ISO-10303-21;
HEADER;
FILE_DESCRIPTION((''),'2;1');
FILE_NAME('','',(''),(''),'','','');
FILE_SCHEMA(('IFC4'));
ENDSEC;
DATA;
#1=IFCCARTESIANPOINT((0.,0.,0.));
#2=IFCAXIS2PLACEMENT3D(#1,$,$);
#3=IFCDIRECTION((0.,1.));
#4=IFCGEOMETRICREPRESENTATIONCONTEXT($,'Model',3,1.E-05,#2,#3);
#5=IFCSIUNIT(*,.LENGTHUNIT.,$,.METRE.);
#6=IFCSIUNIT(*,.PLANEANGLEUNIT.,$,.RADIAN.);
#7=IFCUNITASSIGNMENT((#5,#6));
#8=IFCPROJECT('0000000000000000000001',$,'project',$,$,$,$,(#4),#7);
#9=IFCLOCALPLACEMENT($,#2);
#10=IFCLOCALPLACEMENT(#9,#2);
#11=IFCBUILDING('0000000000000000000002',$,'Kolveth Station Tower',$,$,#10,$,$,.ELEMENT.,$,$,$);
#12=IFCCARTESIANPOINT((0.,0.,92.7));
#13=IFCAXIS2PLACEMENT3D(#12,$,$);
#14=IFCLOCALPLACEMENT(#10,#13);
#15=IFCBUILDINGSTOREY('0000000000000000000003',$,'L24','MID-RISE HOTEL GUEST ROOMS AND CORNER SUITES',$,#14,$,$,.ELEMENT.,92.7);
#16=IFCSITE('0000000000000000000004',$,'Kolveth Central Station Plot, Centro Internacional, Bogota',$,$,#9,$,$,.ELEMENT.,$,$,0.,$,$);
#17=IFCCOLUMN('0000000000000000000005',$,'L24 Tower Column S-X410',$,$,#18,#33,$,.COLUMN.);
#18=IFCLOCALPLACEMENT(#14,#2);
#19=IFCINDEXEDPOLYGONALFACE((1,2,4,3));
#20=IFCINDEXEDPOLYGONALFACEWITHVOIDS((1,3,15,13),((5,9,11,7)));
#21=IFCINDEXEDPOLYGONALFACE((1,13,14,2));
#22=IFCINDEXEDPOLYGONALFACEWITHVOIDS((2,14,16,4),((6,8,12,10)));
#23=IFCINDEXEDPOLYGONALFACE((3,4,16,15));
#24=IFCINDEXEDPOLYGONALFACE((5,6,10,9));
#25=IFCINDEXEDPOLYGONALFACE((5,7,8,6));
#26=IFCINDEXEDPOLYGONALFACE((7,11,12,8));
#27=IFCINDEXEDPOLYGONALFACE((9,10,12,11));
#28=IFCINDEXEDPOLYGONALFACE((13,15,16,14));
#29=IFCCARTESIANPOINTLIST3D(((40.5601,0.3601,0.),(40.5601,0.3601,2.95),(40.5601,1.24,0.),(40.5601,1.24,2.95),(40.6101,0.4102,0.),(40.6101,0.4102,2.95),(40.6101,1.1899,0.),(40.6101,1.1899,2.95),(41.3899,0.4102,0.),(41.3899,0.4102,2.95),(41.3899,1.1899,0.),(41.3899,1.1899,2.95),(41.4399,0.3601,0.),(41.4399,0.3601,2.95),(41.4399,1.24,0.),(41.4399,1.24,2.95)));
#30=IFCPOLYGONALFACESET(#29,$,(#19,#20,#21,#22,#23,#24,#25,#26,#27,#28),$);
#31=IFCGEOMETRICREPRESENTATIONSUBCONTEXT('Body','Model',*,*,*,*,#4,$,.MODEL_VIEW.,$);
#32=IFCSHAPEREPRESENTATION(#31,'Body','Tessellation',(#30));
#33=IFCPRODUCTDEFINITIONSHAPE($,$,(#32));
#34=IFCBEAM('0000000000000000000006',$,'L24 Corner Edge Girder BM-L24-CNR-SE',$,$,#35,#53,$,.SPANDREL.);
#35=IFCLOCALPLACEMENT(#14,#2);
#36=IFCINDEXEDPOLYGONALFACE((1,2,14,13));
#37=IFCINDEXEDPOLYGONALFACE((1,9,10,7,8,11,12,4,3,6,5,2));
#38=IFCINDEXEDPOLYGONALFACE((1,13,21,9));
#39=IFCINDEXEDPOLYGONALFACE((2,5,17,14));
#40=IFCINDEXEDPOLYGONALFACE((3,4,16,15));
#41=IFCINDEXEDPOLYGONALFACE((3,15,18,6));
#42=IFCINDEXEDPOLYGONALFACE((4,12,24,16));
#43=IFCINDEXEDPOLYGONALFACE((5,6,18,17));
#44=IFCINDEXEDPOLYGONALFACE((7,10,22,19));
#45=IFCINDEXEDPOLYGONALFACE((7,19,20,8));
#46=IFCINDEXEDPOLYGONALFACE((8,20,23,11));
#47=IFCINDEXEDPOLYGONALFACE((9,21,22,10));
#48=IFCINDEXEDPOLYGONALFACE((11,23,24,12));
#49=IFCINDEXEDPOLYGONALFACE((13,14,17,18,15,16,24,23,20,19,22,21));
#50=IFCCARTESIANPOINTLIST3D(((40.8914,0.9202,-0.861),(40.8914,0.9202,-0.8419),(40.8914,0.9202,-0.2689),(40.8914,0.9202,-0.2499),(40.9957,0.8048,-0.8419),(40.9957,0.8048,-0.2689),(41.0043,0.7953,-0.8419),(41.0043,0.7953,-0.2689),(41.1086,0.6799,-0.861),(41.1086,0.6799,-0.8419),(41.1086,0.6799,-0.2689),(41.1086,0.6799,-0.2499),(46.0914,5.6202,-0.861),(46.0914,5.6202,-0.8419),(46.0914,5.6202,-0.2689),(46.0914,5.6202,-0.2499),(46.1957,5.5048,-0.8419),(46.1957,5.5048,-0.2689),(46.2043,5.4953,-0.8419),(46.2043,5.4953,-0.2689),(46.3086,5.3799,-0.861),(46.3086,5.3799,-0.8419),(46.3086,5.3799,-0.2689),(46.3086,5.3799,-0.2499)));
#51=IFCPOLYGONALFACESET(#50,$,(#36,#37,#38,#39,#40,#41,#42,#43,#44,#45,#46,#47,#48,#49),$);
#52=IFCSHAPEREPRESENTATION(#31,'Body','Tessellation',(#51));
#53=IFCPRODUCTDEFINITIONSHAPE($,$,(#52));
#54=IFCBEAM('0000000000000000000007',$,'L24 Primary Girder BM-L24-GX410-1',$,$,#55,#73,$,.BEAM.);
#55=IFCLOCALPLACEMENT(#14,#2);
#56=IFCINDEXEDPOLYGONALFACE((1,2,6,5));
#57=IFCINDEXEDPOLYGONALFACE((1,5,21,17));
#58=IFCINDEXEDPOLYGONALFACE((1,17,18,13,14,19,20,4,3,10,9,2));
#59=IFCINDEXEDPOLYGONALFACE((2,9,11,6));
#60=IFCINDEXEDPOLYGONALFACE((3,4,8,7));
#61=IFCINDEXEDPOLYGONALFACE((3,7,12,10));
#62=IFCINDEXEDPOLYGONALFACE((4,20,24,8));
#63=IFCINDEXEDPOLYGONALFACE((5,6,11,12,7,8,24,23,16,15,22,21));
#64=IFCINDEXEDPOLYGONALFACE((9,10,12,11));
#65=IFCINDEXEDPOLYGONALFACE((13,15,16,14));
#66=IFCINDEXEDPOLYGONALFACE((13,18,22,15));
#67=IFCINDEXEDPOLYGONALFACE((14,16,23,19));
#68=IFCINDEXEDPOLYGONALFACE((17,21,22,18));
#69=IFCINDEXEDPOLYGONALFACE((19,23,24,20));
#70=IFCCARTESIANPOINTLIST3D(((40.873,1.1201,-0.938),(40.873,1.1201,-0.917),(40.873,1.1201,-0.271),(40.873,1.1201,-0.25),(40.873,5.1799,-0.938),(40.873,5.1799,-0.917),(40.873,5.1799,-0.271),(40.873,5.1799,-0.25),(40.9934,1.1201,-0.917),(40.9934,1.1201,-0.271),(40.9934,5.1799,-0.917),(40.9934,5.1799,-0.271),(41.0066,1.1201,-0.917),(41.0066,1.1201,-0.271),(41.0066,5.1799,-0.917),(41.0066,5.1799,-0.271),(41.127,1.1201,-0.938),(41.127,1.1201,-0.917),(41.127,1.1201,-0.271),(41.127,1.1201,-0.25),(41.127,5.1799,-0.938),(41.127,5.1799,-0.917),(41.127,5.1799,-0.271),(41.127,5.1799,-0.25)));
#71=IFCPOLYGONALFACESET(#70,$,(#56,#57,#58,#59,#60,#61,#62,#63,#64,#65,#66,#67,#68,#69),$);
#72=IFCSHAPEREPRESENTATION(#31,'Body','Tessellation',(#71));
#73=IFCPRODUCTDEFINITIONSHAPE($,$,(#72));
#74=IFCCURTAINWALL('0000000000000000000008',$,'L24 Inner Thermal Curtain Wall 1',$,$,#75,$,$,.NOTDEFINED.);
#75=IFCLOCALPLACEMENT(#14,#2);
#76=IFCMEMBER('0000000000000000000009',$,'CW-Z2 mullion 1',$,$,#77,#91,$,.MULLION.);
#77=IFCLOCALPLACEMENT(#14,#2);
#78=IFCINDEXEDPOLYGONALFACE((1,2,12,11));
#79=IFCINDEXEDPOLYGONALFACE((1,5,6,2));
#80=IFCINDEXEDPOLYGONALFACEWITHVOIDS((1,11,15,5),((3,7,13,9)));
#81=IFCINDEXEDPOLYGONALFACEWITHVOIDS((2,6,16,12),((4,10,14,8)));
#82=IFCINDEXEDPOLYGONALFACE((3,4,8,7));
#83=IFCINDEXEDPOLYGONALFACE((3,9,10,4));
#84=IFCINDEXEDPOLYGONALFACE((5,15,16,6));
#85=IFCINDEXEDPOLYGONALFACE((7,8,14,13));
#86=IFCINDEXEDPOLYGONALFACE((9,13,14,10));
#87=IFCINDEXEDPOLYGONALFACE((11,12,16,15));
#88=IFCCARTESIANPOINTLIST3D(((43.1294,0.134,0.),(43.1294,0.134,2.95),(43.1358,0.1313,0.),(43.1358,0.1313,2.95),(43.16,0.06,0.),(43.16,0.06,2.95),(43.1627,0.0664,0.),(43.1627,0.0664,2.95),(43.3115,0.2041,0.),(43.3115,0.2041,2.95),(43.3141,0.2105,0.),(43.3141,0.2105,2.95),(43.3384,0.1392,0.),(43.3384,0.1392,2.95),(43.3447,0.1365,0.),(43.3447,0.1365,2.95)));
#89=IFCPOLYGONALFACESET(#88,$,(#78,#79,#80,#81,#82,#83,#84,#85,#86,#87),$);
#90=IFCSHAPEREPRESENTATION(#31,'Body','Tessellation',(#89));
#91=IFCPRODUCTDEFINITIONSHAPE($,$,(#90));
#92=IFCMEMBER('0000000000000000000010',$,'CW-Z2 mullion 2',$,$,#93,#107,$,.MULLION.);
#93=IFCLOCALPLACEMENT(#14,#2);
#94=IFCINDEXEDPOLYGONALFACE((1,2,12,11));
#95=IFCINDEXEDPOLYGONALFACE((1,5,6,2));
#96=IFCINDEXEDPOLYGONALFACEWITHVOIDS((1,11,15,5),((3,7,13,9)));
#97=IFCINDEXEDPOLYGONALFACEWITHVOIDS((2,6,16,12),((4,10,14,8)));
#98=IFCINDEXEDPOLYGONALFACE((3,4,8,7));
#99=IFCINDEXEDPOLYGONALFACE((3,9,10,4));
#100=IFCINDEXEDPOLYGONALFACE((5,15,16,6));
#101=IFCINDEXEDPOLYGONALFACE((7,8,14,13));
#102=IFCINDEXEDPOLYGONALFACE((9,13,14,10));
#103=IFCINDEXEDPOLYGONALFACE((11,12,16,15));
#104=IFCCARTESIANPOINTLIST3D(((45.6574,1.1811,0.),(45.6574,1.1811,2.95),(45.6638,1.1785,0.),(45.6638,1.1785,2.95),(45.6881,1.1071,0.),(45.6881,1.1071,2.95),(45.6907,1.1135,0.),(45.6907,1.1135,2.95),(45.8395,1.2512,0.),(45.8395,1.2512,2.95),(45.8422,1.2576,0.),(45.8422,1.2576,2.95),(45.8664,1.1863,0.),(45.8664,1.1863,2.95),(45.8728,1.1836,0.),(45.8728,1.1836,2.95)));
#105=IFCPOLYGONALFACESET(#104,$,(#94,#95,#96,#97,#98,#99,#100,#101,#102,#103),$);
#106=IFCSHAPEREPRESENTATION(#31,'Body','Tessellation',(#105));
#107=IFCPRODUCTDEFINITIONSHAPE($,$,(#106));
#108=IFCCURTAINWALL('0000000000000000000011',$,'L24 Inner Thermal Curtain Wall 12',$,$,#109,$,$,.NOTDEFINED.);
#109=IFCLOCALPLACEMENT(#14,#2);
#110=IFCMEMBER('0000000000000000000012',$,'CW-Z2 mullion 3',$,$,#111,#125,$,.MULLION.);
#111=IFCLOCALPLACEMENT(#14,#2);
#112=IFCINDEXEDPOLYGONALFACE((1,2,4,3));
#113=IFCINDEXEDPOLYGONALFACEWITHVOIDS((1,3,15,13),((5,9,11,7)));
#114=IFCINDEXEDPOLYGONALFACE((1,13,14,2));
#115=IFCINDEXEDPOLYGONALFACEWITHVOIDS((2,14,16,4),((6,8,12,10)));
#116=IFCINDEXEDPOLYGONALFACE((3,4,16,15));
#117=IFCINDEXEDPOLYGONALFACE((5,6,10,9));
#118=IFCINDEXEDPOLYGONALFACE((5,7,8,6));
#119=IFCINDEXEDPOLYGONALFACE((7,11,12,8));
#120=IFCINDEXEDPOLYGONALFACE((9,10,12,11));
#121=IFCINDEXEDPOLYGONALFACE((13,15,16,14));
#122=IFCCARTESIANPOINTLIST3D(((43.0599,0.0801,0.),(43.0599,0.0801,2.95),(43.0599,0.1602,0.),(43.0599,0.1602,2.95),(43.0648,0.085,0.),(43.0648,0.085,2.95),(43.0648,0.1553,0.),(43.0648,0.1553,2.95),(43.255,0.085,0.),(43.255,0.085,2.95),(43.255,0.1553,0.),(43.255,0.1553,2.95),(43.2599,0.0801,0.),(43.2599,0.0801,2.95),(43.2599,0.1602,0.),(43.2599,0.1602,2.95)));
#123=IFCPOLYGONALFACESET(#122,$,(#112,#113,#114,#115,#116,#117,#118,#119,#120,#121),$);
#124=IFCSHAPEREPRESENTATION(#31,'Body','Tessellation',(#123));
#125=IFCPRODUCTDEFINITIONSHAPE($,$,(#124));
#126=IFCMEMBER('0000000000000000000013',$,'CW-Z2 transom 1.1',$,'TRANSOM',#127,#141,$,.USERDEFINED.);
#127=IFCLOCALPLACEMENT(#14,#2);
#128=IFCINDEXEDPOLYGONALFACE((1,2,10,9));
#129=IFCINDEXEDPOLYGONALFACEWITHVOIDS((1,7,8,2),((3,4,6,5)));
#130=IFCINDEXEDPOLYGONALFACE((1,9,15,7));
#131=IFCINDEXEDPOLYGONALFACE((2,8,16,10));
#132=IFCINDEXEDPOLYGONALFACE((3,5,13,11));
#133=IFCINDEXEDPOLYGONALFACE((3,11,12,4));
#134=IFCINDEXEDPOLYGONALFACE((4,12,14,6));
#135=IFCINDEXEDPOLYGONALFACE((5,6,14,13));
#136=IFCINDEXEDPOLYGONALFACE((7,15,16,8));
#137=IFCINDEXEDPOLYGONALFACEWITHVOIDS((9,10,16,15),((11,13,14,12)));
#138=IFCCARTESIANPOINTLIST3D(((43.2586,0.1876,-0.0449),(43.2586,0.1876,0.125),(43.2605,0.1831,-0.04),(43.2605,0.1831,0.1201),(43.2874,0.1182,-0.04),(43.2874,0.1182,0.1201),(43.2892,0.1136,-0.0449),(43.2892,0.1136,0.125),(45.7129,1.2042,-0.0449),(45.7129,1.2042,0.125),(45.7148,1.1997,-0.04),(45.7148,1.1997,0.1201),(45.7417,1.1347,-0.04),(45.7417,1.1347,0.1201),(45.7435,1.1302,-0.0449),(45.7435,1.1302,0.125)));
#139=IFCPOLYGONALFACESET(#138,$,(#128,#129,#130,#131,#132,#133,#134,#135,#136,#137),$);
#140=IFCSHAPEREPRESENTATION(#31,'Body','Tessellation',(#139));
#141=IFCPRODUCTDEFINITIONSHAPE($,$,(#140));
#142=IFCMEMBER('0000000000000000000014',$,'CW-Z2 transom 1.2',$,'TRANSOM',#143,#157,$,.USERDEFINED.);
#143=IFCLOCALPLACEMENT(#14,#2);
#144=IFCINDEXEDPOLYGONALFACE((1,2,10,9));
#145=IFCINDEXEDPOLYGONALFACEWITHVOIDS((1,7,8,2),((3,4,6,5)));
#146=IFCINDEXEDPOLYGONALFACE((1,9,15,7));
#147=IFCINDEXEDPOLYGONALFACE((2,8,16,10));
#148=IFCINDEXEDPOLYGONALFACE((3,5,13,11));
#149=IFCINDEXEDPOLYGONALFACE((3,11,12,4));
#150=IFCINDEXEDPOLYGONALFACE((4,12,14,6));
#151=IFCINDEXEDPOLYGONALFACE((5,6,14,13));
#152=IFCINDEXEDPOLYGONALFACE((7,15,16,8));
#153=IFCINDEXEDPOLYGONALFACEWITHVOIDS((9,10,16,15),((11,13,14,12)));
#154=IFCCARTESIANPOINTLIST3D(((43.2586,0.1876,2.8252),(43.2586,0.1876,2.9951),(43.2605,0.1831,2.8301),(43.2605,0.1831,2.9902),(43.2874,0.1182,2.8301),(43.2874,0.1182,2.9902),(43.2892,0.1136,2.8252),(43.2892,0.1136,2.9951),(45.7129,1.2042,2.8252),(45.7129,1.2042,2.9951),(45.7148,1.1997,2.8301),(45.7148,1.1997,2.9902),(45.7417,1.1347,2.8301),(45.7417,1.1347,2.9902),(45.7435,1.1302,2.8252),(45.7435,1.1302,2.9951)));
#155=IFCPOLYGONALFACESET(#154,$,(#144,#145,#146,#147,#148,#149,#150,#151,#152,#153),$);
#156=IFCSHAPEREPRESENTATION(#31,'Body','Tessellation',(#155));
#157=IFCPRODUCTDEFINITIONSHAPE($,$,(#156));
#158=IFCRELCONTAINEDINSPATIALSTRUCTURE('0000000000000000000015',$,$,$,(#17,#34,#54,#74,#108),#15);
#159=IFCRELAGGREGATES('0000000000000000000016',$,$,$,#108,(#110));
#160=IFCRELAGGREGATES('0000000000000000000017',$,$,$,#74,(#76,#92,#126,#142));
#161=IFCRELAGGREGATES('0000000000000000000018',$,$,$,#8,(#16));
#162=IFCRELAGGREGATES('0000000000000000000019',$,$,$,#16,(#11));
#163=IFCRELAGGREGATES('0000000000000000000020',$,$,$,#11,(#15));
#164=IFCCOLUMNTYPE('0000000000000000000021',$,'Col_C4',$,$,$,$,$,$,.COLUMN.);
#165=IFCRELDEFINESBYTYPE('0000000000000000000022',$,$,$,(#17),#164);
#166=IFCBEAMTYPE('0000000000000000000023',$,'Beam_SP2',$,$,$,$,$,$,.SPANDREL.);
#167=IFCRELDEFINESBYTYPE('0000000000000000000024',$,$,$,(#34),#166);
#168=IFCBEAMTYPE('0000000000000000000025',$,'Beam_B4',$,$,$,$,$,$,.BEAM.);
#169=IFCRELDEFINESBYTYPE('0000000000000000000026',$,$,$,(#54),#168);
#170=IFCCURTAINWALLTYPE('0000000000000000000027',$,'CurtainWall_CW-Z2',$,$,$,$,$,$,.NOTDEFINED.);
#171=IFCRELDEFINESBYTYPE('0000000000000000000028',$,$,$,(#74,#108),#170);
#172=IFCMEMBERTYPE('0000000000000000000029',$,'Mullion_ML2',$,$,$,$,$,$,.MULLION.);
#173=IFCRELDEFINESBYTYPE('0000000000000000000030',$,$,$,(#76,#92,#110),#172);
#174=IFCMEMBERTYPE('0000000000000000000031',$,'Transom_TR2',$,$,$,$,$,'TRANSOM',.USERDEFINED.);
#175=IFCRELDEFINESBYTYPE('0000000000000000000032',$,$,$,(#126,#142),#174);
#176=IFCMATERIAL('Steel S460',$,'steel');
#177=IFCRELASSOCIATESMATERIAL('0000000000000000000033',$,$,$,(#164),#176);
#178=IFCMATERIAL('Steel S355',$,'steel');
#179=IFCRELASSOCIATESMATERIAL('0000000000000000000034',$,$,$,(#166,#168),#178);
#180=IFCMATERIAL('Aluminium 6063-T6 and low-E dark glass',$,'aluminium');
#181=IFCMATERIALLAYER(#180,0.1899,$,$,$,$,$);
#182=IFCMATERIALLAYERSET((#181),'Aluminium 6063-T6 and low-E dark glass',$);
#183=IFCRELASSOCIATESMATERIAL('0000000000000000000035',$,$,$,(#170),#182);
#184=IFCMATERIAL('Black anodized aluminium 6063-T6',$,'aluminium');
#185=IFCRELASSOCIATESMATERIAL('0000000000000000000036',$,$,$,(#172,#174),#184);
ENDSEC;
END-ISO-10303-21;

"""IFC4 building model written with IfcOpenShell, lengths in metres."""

from ifc_helpers import new_model, si_unit, direction, frame, origin, origin_2d, place, context, subcontext, project, spatial, hollow_rectangle, i_section, extrude, source, transform, mapped, material, layer, layer_set, material_profile, profile_set, type_object, element, aggregate, save


model = new_model("IFC4")

# Units and contexts
model_context = context("Model", 3, precision=1e-05, world=origin(), true_north=direction((0.0, 1.0)))
body_context = subcontext(model_context, "Body", "Model", "MODEL_VIEW")
ifc_project = project(units=[si_unit("LENGTHUNIT", "METRE"), si_unit("PLANEANGLEUNIT", "RADIAN")], contexts=[model_context])

# Site, building, storey
site_placement = place(None, origin())
site = spatial("IfcSite", under=ifc_project, at=site_placement, Name="Kolveth Central Station Plot, Centro Internacional, Bogota", CompositionType="ELEMENT", RefElevation=0.0)
building_placement = place(site_placement, origin())
building = spatial("IfcBuilding", under=site, at=building_placement, Name="Kolveth Station Tower", CompositionType="ELEMENT")
storey_placement = place(building_placement, frame((0.0, 0.0, 92.7)))
storey = spatial("IfcBuildingStorey", under=building, at=storey_placement, Name="L24", Description="MID-RISE HOTEL GUEST ROOMS AND CORNER SUITES", CompositionType="ELEMENT", Elevation=92.7)

# Column
ifc_material_1 = material(Name="Steel S460", Category="steel")
ifc_material_profile_1 = material_profile(ifc_material_1, hollow_rectangle(XDim=0.8799, YDim=0.8799, WallThickness=0.05, at=origin_2d()), Name="BOX880x880x50")
ifc_profile_set_1 = profile_set([ifc_material_profile_1], Name="Steel S460")
column_type = type_object("IfcColumnType", Name="Col_C4", PredefinedType="COLUMN", material=ifc_profile_set_1)
shared_shape_1 = source(origin(), body_context, "Body", "SweptSolid", [
    extrude(hollow_rectangle(XDim=0.8799, YDim=0.8799, WallThickness=0.05, at=origin_2d()), origin(), (0.0, 0.0, 1.0), 2.95),
])
column_placement = place(storey_placement, frame((41.0, 0.8, 0.0), z_axis=(0.0, 0.0, 1.0), x_axis=(1.0, 0.0, 0.0)))
element("IfcColumn", 1, at=column_placement, inside=storey, type_object=column_type, Name="L24 Tower Column S-X410", PredefinedType="COLUMN", context=body_context, shape_type="MappedRepresentation", body=[
    mapped(shared_shape_1, transform((0.0, 0.0, 0.0), x_axis=(1.0, 0.0, 0.0), y_axis=(0.0, 1.0, 0.0), z_axis=(0.0, 0.0, 1.0), scale=1.0)),
])

# Beams
ifc_material_2 = material(Name="Steel S355", Category="steel")
ifc_material_profile_2 = material_profile(ifc_material_2, i_section(OverallWidth=0.324, OverallDepth=0.6111, WebThickness=0.0127, FlangeThickness=0.019, at=origin_2d()), Name="W610x155")
ifc_profile_set_2 = profile_set([ifc_material_profile_2], Name="Steel S355")
beam_type_1 = type_object("IfcBeamType", Name="Beam_SP2", PredefinedType="SPANDREL", material=ifc_profile_set_2)
shared_shape_2 = source(origin(), body_context, "Body", "SweptSolid", [
    extrude(i_section(OverallWidth=0.324, OverallDepth=0.6111, WebThickness=0.0127, FlangeThickness=0.019, at=origin_2d()), origin(), (0.0, 0.0, 1.0), 7.0093),
])
beam_1_placement = place(storey_placement, frame((41.0, 0.8, -0.5554), z_axis=(0.741874, 0.670539, 0.0), x_axis=(-0.670539, 0.741874, 0.0)))
element("IfcBeam", 2, at=beam_1_placement, inside=storey, type_object=beam_type_1, Name="L24 Corner Edge Girder BM-L24-CNR-SE", PredefinedType="SPANDREL", context=body_context, shape_type="MappedRepresentation", body=[
    mapped(shared_shape_2, transform((0.0, 0.0, 0.0), x_axis=(1.0, 0.0, 0.0), y_axis=(0.0, 1.0, 0.0), z_axis=(0.0, 0.0, 1.0), scale=1.0)),
])
ifc_material_profile_3 = material_profile(ifc_material_2, i_section(OverallWidth=0.2539, OverallDepth=0.688, WebThickness=0.0132, FlangeThickness=0.021, at=origin_2d()), Name="W690x152")
ifc_profile_set_3 = profile_set([ifc_material_profile_3], Name="Steel S355")
beam_type_2 = type_object("IfcBeamType", Name="Beam_B4", PredefinedType="BEAM", material=ifc_profile_set_3)
shared_shape_3 = source(origin(), body_context, "Body", "SweptSolid", [
    extrude(i_section(OverallWidth=0.2539, OverallDepth=0.688, WebThickness=0.0132, FlangeThickness=0.021, at=origin_2d()), origin(), (0.0, 0.0, 1.0), 4.0598),
])
beam_2_placement = place(storey_placement, frame((41.0, 1.1201, -0.594), z_axis=(0.0, 1.0, 0.0), x_axis=(-1.0, 0.0, 0.0)))
element("IfcBeam", 3, at=beam_2_placement, inside=storey, type_object=beam_type_2, Name="L24 Primary Girder BM-L24-GX410-1", PredefinedType="BEAM", context=body_context, shape_type="MappedRepresentation", body=[
    mapped(shared_shape_3, transform((0.0, 0.0, 0.0), x_axis=(1.0, 0.0, 0.0), y_axis=(0.0, 1.0, 0.0), z_axis=(0.0, 0.0, 1.0), scale=1.0)),
])

# Curtain wall, members
ifc_material_3 = material(Name="Aluminium 6063-T6 and low-E dark glass", Category="aluminium")
ifc_layer_1 = layer(ifc_material_3, 0.1899)
ifc_layer_set_1 = layer_set([ifc_layer_1], Name="Aluminium 6063-T6 and low-E dark glass")
curtain_wall_type_1 = type_object("IfcCurtainWallType", Name="CurtainWall_CW-Z2", PredefinedType="NOTDEFINED", material=ifc_layer_set_1)
curtain_wall_1_placement = place(storey_placement, origin())
curtain_wall_1 = element("IfcCurtainWall", 4, at=curtain_wall_1_placement, inside=storey, type_object=curtain_wall_type_1, Name="L24 Inner Thermal Curtain Wall 1", PredefinedType="NOTDEFINED")
ifc_material_4 = material(Name="Black anodized aluminium 6063-T6", Category="aluminium")
ifc_material_profile_4 = material_profile(ifc_material_4, hollow_rectangle(XDim=0.0801, YDim=0.2, WallThickness=0.0049, at=origin_2d()), Name="ALU-80x200x5")
ifc_profile_set_4 = profile_set([ifc_material_profile_4], Name="Black anodized aluminium 6063-T6")
member_type_1 = type_object("IfcMemberType", Name="Mullion_ML2", PredefinedType="MULLION", material=ifc_profile_set_4)
shared_shape_4 = source(origin(), body_context, "Body", "SweptSolid", [
    extrude(hollow_rectangle(XDim=0.0801, YDim=0.2, WallThickness=0.0049, at=origin_2d()), origin(), (0.0, 0.0, 1.0), 2.95),
])
member_1_placement = place(storey_placement, frame((43.2371, 0.1353, 0.0), z_axis=(0.0, 0.0, 1.0), x_axis=(-0.382663, 0.923888, 0.0)))
member_1 = element("IfcMember", 5, at=member_1_placement, type_object=member_type_1, Name="CW-Z2 mullion 1", PredefinedType="MULLION", context=body_context, shape_type="MappedRepresentation", body=[
    mapped(shared_shape_4, transform((0.0, 0.0, 0.0), x_axis=(1.0, 0.0, 0.0), y_axis=(0.0, 1.0, 0.0), z_axis=(0.0, 0.0, 1.0), scale=1.0)),
])
member_2_placement = place(storey_placement, frame((45.7651, 1.1824, 0.0), z_axis=(0.0, 0.0, 1.0), x_axis=(-0.382663, 0.923888, 0.0)))
member_2 = element("IfcMember", 6, at=member_2_placement, type_object=member_type_1, Name="CW-Z2 mullion 2", PredefinedType="MULLION", context=body_context, shape_type="MappedRepresentation", body=[
    mapped(shared_shape_4, transform((0.0, 0.0, 0.0), x_axis=(1.0, 0.0, 0.0), y_axis=(0.0, 1.0, 0.0), z_axis=(0.0, 0.0, 1.0), scale=1.0)),
])

# Curtain wall, member
curtain_wall_2_placement = place(storey_placement, origin())
curtain_wall_2 = element("IfcCurtainWall", 7, at=curtain_wall_2_placement, inside=storey, type_object=curtain_wall_type_1, Name="L24 Inner Thermal Curtain Wall 12", PredefinedType="NOTDEFINED")
member_3_placement = place(storey_placement, frame((43.1599, 0.1201, 0.0), z_axis=(0.0, 0.0, 1.0), x_axis=(0.0, 1.0, 0.0)))
member_3 = element("IfcMember", 8, at=member_3_placement, type_object=member_type_1, Name="CW-Z2 mullion 3", PredefinedType="MULLION", context=body_context, shape_type="MappedRepresentation", body=[
    mapped(shared_shape_4, transform((0.0, 0.0, 0.0), x_axis=(1.0, 0.0, 0.0), y_axis=(0.0, 1.0, 0.0), z_axis=(0.0, 0.0, 1.0), scale=1.0)),
])
aggregate(curtain_wall_2, [member_3])

# Members
ifc_material_profile_5 = material_profile(ifc_material_4, hollow_rectangle(XDim=0.0801, YDim=0.1699, WallThickness=0.0049, at=origin_2d()), Name="ALU-80x170x5")
ifc_profile_set_5 = profile_set([ifc_material_profile_5], Name="Black anodized aluminium 6063-T6")
member_type_2 = type_object("IfcMemberType", Name="Transom_TR2", ElementType="TRANSOM", PredefinedType="USERDEFINED", material=ifc_profile_set_5)
shared_shape_5 = source(origin(), body_context, "Body", "SweptSolid", [
    extrude(hollow_rectangle(XDim=0.0801, YDim=0.1699, WallThickness=0.0049, at=origin_2d()), origin(), (0.0, 0.0, 1.0), 2.6565),
])
member_4_placement = place(storey_placement, frame((43.2739, 0.1506, 0.04), z_axis=(0.923882, 0.382676, 0.0), x_axis=(-0.382676, 0.923882, 0.0)))
member_4 = element("IfcMember", 9, at=member_4_placement, type_object=member_type_2, Name="CW-Z2 transom 1.1", ObjectType="TRANSOM", PredefinedType="USERDEFINED", context=body_context, shape_type="MappedRepresentation", body=[
    mapped(shared_shape_5, transform((0.0, 0.0, 0.0), x_axis=(1.0, 0.0, 0.0), y_axis=(0.0, 1.0, 0.0), z_axis=(0.0, 0.0, 1.0), scale=1.0)),
])
member_5_placement = place(storey_placement, frame((43.2739, 0.1506, 2.9102), z_axis=(0.923882, 0.382676, 0.0), x_axis=(-0.382676, 0.923882, 0.0)))
member_5 = element("IfcMember", 10, at=member_5_placement, type_object=member_type_2, Name="CW-Z2 transom 1.2", ObjectType="TRANSOM", PredefinedType="USERDEFINED", context=body_context, shape_type="MappedRepresentation", body=[
    mapped(shared_shape_5, transform((0.0, 0.0, 0.0), x_axis=(1.0, 0.0, 0.0), y_axis=(0.0, 1.0, 0.0), z_axis=(0.0, 0.0, 1.0), scale=1.0)),
])

aggregate(curtain_wall_1, [member_1, member_2, member_4, member_5])

save(model, "model.ifc")
